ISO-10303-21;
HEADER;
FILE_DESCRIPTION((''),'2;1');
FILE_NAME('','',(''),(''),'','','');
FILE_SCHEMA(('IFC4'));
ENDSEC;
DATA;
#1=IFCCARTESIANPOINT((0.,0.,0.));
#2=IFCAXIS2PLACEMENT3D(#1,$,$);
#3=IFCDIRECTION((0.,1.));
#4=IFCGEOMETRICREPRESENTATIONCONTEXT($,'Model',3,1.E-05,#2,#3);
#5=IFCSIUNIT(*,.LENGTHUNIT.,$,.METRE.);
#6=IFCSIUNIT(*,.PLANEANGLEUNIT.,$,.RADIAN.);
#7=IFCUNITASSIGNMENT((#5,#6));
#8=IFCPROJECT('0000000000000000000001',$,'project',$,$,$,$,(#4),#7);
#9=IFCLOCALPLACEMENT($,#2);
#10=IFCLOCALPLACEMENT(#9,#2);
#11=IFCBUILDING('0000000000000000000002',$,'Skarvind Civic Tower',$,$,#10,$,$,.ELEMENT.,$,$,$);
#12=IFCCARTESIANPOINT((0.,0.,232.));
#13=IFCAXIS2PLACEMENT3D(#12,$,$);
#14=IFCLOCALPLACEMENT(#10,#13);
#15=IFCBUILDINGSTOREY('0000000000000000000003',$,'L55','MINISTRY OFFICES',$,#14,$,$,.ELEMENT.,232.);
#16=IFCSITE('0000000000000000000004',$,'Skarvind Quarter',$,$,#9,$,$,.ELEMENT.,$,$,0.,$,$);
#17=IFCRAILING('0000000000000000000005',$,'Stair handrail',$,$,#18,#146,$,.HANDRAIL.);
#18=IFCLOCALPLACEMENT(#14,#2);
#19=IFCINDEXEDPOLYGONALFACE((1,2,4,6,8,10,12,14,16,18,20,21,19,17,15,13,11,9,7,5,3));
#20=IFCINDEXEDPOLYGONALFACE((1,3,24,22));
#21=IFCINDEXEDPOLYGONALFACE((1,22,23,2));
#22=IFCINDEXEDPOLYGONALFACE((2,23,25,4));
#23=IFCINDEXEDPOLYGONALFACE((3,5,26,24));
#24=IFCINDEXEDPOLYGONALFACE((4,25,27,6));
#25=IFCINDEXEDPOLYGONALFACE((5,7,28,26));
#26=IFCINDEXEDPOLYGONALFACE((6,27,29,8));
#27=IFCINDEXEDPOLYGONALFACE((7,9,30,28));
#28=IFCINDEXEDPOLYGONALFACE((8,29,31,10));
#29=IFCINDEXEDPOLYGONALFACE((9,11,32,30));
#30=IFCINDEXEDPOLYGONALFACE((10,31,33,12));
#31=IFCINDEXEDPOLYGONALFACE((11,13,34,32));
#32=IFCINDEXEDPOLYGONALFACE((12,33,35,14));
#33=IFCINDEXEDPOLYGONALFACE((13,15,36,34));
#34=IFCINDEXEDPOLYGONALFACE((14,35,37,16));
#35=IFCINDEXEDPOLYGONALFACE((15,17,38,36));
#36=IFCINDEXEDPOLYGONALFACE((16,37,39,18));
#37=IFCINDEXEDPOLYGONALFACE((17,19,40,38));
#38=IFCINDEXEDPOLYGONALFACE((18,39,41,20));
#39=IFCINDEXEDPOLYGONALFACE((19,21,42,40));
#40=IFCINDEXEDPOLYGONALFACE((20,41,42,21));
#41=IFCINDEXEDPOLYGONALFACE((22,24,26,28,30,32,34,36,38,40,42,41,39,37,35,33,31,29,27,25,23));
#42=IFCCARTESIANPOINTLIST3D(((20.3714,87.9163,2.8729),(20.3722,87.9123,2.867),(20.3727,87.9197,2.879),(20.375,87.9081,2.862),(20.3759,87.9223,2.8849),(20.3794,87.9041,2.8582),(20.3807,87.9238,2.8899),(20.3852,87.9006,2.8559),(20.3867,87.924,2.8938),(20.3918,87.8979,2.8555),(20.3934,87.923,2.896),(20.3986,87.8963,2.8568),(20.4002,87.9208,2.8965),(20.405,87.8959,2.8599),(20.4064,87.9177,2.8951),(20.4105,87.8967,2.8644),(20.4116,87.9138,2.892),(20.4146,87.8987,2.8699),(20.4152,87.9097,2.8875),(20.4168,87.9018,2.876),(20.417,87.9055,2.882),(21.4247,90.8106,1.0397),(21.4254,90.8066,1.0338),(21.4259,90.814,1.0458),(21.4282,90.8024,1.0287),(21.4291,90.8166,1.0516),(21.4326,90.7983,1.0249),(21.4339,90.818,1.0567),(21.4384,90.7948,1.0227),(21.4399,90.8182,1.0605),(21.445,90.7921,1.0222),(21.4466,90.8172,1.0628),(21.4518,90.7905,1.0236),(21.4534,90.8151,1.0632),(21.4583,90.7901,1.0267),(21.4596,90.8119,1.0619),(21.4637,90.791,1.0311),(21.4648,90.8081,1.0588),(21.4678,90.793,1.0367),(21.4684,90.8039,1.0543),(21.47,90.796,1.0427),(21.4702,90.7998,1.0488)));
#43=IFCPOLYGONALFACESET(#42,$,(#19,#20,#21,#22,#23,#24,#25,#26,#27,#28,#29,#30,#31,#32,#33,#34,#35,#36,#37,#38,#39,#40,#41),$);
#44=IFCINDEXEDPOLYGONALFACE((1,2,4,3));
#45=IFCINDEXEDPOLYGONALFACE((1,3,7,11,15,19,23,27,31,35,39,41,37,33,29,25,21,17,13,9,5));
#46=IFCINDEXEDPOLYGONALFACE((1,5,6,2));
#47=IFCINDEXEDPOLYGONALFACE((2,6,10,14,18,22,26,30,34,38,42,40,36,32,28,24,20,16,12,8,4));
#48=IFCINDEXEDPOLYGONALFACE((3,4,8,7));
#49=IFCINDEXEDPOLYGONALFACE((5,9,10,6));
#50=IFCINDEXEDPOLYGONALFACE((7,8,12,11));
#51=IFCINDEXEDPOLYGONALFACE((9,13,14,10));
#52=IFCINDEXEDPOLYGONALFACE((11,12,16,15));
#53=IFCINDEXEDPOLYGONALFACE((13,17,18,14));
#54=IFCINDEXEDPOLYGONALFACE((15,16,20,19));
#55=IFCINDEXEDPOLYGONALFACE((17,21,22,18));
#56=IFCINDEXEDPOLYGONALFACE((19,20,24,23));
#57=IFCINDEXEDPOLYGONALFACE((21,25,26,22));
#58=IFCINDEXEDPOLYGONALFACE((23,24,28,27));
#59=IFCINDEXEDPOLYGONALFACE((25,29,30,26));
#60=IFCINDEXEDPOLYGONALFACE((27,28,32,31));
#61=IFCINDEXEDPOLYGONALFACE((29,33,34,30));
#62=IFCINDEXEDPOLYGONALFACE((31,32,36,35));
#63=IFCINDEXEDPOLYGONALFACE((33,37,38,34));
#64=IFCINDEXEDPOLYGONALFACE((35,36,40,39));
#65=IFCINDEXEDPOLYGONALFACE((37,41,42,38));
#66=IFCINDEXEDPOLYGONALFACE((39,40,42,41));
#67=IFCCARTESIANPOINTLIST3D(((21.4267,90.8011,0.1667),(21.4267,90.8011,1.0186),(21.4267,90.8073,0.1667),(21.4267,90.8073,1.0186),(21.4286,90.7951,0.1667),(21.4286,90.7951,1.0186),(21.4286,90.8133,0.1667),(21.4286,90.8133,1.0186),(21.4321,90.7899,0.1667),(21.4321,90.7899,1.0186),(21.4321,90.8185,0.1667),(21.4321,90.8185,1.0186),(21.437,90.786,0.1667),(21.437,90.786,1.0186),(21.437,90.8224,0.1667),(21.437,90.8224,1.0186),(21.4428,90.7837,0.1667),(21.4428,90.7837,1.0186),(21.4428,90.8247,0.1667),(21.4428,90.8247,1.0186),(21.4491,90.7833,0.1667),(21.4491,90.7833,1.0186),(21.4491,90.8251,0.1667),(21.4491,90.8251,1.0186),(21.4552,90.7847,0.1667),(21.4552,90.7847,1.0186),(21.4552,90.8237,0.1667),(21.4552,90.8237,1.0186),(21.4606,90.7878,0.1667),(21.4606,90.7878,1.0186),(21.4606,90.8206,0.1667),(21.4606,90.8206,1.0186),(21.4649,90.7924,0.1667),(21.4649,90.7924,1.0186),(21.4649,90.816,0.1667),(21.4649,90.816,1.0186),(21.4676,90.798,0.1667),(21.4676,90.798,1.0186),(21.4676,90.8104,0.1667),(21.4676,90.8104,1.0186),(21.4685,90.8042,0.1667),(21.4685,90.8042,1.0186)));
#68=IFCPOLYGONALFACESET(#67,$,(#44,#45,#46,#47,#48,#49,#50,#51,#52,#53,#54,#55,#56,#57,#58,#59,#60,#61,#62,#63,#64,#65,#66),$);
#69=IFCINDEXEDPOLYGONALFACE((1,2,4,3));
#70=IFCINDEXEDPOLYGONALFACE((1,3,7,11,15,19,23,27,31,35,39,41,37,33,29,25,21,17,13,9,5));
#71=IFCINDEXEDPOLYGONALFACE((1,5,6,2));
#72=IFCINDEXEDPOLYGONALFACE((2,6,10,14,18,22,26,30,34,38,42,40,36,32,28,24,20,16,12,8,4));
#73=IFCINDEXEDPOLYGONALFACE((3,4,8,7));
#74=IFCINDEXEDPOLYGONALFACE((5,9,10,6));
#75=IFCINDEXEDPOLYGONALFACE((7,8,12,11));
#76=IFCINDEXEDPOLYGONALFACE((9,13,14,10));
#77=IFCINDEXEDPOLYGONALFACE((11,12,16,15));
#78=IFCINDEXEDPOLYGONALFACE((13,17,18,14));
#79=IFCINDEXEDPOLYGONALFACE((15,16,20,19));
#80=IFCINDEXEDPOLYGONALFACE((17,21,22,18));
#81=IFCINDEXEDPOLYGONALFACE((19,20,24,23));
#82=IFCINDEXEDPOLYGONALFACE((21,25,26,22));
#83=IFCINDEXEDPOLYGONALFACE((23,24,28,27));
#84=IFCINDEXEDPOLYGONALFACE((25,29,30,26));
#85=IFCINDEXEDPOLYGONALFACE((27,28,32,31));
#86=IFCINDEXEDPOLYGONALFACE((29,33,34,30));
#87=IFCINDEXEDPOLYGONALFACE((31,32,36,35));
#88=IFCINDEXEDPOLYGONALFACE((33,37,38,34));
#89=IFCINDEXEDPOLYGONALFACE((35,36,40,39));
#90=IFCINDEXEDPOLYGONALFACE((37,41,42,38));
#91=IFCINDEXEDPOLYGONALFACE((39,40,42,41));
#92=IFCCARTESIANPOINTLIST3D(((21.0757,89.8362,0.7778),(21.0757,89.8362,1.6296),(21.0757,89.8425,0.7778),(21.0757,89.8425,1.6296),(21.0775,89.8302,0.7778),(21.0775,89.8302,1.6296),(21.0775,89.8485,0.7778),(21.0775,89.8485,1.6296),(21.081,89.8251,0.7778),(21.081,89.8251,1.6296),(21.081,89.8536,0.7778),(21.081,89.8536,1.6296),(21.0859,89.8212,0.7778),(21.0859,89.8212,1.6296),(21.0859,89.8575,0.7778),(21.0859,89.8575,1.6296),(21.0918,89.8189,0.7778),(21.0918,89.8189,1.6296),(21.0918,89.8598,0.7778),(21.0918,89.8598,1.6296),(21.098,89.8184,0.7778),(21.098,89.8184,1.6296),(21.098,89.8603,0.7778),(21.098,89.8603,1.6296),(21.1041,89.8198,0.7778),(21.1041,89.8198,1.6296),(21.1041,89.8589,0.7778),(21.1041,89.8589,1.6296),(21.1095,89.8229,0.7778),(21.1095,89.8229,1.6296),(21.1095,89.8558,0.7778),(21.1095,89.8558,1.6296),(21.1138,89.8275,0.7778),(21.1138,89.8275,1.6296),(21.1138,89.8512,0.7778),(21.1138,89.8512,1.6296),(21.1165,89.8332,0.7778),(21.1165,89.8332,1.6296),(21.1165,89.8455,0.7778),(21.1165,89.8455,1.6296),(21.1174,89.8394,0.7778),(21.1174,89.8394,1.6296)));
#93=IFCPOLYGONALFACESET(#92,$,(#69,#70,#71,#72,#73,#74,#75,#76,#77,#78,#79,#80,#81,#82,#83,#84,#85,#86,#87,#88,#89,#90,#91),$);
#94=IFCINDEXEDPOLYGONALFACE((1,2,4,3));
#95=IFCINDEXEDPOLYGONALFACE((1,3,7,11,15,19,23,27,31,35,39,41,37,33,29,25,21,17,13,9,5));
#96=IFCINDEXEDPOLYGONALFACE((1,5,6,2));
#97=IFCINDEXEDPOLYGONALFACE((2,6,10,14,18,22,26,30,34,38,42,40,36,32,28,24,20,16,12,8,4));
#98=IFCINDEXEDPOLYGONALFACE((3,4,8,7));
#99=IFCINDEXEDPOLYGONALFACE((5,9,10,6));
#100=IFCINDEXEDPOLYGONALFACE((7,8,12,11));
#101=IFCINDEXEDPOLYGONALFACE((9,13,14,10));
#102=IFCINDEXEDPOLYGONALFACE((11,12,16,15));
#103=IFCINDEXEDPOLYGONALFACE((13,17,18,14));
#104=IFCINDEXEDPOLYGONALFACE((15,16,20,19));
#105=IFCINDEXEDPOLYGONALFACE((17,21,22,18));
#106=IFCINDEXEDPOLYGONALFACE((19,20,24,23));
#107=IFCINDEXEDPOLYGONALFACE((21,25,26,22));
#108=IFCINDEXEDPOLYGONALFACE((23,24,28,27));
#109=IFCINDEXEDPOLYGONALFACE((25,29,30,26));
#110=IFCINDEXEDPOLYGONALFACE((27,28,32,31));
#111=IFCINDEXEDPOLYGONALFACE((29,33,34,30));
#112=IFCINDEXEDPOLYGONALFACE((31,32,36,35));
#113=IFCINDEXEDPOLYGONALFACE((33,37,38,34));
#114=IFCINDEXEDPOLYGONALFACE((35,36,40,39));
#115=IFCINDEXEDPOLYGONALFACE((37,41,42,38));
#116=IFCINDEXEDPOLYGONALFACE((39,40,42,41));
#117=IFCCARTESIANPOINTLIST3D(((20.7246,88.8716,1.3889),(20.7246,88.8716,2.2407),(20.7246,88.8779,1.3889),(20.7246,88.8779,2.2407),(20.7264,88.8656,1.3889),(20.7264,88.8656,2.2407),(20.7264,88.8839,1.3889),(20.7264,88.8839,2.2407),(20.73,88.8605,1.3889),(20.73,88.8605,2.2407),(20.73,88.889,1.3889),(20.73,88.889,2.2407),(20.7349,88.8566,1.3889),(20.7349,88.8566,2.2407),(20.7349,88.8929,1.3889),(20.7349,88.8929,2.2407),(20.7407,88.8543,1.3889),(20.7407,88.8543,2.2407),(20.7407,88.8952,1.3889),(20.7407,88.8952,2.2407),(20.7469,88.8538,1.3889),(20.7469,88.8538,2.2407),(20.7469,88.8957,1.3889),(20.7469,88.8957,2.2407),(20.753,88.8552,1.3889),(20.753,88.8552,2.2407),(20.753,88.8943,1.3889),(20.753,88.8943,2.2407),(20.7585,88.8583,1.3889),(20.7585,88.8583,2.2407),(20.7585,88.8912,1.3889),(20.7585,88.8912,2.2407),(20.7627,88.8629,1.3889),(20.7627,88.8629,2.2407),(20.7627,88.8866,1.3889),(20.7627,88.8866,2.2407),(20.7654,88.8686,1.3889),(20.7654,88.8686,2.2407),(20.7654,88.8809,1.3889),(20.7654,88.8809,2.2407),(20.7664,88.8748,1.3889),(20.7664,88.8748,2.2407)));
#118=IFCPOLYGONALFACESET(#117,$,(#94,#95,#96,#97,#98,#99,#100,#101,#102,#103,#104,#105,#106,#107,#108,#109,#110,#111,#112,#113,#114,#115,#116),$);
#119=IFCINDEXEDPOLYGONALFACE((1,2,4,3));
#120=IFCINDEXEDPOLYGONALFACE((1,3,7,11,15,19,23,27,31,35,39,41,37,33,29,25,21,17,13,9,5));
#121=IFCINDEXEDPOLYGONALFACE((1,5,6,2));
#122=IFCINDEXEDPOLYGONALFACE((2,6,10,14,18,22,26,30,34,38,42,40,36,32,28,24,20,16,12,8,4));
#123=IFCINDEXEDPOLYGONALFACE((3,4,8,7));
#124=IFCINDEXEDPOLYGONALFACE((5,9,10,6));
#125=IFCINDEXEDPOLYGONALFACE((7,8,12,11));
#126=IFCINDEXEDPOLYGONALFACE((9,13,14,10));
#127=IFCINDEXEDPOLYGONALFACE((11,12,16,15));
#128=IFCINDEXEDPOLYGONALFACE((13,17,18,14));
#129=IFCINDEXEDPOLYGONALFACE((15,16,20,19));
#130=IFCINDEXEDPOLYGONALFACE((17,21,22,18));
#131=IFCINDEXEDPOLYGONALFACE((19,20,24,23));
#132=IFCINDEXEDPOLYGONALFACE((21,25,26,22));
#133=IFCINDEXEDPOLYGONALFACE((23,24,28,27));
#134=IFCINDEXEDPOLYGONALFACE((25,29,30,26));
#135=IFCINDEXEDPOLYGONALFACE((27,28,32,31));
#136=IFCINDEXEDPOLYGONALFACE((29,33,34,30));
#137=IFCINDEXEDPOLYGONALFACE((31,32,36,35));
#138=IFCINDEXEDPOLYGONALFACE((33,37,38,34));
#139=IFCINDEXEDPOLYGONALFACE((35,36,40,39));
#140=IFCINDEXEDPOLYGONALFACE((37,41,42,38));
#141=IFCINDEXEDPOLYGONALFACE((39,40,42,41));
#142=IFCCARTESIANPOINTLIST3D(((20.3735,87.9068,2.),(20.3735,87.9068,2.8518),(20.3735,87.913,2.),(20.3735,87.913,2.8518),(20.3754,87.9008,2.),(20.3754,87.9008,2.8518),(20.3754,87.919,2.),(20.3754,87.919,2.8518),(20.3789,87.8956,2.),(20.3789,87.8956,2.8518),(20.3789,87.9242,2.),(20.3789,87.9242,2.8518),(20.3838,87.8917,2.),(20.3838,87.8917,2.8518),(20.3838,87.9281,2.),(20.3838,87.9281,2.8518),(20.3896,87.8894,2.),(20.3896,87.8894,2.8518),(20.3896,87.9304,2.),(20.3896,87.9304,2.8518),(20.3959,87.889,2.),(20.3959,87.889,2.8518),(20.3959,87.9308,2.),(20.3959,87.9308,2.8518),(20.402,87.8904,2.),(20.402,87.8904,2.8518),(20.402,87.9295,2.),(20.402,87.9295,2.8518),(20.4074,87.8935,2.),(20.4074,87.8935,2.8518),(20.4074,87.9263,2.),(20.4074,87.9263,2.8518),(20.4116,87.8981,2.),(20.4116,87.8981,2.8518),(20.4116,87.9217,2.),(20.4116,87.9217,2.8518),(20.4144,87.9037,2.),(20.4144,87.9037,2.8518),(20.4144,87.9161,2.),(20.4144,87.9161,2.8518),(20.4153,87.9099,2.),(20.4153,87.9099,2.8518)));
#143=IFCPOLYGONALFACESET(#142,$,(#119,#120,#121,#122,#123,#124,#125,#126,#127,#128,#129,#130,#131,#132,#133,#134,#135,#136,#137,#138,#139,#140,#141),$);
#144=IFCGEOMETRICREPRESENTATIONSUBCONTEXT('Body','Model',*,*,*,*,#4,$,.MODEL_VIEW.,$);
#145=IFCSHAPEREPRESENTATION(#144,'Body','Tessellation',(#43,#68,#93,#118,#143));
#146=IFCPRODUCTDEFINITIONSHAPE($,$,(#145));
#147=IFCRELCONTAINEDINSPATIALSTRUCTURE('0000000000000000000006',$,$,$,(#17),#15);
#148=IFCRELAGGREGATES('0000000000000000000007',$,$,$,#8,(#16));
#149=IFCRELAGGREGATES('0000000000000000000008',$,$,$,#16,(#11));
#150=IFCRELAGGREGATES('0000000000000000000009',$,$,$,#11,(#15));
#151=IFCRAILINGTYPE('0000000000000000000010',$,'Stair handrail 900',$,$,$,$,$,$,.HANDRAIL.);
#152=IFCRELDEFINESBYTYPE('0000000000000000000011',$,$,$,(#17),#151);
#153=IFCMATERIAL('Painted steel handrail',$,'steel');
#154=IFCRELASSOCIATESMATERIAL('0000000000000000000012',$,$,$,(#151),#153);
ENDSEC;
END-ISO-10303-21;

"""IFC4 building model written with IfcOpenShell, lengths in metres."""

from ifc_helpers import new_model, si_unit, direction, frame, origin, origin_2d, place, context, subcontext, project, spatial, circle, extrude, material, type_object, element, save


model = new_model("IFC4")

# Units and contexts
model_context = context("Model", 3, precision=1e-05, world=origin(), true_north=direction((0.0, 1.0)))
body_context = subcontext(model_context, "Body", "Model", "MODEL_VIEW")
ifc_project = project(units=[si_unit("LENGTHUNIT", "METRE"), si_unit("PLANEANGLEUNIT", "RADIAN")], contexts=[model_context])

# Site, building, storey
site_placement = place(None, origin())
site = spatial("IfcSite", under=ifc_project, at=site_placement, Name="Skarvind Quarter", CompositionType="ELEMENT", RefElevation=0.0)
building_placement = place(site_placement, origin())
building = spatial("IfcBuilding", under=site, at=building_placement, Name="Skarvind Civic Tower", CompositionType="ELEMENT")
storey_placement = place(building_placement, frame((0.0, 0.0, 232.0)))
storey = spatial("IfcBuildingStorey", under=building, at=storey_placement, Name="L55", Description="MINISTRY OFFICES", CompositionType="ELEMENT", Elevation=232.0)

# Railing
ifc_material_1 = material(Name="Painted steel handrail", Category="steel")
railing_type = type_object("IfcRailingType", Name="Stair handrail 900", PredefinedType="HANDRAIL", material=ifc_material_1)
railing_1_placement = place(storey_placement, frame((21.4475, 90.8042, 0.1667)))
element("IfcRailing", 1, at=railing_1_placement, inside=storey, type_object=railing_type, Name="Stair handrail", PredefinedType="HANDRAIL", context=body_context, shape_type="SweptSolid", body=[
    extrude(circle(Radius=0.0239, at=origin_2d()), frame((0.0, 0.0, 0.876), z_axis=(-0.293846, -0.807497, 0.511472), x_axis=(0.939715, -0.341959, 0.0)), (0.0, 0.0, 1.0), 3.5842),
    extrude(circle(Radius=0.021, at=origin_2d()), origin(), (0.0, 0.0, 1.0), 0.8518),
    extrude(circle(Radius=0.021, at=origin_2d()), frame((-0.3511, -0.9648, 0.6111)), (0.0, 0.0, 1.0), 0.8518),
    extrude(circle(Radius=0.021, at=origin_2d()), frame((-0.7021, -1.9294, 1.2222)), (0.0, 0.0, 1.0), 0.8518),
    extrude(circle(Radius=0.021, at=origin_2d()), frame((-1.0532, -2.8943, 1.8333)), (0.0, 0.0, 1.0), 0.8518),
])

save(model, "model.ifc")
